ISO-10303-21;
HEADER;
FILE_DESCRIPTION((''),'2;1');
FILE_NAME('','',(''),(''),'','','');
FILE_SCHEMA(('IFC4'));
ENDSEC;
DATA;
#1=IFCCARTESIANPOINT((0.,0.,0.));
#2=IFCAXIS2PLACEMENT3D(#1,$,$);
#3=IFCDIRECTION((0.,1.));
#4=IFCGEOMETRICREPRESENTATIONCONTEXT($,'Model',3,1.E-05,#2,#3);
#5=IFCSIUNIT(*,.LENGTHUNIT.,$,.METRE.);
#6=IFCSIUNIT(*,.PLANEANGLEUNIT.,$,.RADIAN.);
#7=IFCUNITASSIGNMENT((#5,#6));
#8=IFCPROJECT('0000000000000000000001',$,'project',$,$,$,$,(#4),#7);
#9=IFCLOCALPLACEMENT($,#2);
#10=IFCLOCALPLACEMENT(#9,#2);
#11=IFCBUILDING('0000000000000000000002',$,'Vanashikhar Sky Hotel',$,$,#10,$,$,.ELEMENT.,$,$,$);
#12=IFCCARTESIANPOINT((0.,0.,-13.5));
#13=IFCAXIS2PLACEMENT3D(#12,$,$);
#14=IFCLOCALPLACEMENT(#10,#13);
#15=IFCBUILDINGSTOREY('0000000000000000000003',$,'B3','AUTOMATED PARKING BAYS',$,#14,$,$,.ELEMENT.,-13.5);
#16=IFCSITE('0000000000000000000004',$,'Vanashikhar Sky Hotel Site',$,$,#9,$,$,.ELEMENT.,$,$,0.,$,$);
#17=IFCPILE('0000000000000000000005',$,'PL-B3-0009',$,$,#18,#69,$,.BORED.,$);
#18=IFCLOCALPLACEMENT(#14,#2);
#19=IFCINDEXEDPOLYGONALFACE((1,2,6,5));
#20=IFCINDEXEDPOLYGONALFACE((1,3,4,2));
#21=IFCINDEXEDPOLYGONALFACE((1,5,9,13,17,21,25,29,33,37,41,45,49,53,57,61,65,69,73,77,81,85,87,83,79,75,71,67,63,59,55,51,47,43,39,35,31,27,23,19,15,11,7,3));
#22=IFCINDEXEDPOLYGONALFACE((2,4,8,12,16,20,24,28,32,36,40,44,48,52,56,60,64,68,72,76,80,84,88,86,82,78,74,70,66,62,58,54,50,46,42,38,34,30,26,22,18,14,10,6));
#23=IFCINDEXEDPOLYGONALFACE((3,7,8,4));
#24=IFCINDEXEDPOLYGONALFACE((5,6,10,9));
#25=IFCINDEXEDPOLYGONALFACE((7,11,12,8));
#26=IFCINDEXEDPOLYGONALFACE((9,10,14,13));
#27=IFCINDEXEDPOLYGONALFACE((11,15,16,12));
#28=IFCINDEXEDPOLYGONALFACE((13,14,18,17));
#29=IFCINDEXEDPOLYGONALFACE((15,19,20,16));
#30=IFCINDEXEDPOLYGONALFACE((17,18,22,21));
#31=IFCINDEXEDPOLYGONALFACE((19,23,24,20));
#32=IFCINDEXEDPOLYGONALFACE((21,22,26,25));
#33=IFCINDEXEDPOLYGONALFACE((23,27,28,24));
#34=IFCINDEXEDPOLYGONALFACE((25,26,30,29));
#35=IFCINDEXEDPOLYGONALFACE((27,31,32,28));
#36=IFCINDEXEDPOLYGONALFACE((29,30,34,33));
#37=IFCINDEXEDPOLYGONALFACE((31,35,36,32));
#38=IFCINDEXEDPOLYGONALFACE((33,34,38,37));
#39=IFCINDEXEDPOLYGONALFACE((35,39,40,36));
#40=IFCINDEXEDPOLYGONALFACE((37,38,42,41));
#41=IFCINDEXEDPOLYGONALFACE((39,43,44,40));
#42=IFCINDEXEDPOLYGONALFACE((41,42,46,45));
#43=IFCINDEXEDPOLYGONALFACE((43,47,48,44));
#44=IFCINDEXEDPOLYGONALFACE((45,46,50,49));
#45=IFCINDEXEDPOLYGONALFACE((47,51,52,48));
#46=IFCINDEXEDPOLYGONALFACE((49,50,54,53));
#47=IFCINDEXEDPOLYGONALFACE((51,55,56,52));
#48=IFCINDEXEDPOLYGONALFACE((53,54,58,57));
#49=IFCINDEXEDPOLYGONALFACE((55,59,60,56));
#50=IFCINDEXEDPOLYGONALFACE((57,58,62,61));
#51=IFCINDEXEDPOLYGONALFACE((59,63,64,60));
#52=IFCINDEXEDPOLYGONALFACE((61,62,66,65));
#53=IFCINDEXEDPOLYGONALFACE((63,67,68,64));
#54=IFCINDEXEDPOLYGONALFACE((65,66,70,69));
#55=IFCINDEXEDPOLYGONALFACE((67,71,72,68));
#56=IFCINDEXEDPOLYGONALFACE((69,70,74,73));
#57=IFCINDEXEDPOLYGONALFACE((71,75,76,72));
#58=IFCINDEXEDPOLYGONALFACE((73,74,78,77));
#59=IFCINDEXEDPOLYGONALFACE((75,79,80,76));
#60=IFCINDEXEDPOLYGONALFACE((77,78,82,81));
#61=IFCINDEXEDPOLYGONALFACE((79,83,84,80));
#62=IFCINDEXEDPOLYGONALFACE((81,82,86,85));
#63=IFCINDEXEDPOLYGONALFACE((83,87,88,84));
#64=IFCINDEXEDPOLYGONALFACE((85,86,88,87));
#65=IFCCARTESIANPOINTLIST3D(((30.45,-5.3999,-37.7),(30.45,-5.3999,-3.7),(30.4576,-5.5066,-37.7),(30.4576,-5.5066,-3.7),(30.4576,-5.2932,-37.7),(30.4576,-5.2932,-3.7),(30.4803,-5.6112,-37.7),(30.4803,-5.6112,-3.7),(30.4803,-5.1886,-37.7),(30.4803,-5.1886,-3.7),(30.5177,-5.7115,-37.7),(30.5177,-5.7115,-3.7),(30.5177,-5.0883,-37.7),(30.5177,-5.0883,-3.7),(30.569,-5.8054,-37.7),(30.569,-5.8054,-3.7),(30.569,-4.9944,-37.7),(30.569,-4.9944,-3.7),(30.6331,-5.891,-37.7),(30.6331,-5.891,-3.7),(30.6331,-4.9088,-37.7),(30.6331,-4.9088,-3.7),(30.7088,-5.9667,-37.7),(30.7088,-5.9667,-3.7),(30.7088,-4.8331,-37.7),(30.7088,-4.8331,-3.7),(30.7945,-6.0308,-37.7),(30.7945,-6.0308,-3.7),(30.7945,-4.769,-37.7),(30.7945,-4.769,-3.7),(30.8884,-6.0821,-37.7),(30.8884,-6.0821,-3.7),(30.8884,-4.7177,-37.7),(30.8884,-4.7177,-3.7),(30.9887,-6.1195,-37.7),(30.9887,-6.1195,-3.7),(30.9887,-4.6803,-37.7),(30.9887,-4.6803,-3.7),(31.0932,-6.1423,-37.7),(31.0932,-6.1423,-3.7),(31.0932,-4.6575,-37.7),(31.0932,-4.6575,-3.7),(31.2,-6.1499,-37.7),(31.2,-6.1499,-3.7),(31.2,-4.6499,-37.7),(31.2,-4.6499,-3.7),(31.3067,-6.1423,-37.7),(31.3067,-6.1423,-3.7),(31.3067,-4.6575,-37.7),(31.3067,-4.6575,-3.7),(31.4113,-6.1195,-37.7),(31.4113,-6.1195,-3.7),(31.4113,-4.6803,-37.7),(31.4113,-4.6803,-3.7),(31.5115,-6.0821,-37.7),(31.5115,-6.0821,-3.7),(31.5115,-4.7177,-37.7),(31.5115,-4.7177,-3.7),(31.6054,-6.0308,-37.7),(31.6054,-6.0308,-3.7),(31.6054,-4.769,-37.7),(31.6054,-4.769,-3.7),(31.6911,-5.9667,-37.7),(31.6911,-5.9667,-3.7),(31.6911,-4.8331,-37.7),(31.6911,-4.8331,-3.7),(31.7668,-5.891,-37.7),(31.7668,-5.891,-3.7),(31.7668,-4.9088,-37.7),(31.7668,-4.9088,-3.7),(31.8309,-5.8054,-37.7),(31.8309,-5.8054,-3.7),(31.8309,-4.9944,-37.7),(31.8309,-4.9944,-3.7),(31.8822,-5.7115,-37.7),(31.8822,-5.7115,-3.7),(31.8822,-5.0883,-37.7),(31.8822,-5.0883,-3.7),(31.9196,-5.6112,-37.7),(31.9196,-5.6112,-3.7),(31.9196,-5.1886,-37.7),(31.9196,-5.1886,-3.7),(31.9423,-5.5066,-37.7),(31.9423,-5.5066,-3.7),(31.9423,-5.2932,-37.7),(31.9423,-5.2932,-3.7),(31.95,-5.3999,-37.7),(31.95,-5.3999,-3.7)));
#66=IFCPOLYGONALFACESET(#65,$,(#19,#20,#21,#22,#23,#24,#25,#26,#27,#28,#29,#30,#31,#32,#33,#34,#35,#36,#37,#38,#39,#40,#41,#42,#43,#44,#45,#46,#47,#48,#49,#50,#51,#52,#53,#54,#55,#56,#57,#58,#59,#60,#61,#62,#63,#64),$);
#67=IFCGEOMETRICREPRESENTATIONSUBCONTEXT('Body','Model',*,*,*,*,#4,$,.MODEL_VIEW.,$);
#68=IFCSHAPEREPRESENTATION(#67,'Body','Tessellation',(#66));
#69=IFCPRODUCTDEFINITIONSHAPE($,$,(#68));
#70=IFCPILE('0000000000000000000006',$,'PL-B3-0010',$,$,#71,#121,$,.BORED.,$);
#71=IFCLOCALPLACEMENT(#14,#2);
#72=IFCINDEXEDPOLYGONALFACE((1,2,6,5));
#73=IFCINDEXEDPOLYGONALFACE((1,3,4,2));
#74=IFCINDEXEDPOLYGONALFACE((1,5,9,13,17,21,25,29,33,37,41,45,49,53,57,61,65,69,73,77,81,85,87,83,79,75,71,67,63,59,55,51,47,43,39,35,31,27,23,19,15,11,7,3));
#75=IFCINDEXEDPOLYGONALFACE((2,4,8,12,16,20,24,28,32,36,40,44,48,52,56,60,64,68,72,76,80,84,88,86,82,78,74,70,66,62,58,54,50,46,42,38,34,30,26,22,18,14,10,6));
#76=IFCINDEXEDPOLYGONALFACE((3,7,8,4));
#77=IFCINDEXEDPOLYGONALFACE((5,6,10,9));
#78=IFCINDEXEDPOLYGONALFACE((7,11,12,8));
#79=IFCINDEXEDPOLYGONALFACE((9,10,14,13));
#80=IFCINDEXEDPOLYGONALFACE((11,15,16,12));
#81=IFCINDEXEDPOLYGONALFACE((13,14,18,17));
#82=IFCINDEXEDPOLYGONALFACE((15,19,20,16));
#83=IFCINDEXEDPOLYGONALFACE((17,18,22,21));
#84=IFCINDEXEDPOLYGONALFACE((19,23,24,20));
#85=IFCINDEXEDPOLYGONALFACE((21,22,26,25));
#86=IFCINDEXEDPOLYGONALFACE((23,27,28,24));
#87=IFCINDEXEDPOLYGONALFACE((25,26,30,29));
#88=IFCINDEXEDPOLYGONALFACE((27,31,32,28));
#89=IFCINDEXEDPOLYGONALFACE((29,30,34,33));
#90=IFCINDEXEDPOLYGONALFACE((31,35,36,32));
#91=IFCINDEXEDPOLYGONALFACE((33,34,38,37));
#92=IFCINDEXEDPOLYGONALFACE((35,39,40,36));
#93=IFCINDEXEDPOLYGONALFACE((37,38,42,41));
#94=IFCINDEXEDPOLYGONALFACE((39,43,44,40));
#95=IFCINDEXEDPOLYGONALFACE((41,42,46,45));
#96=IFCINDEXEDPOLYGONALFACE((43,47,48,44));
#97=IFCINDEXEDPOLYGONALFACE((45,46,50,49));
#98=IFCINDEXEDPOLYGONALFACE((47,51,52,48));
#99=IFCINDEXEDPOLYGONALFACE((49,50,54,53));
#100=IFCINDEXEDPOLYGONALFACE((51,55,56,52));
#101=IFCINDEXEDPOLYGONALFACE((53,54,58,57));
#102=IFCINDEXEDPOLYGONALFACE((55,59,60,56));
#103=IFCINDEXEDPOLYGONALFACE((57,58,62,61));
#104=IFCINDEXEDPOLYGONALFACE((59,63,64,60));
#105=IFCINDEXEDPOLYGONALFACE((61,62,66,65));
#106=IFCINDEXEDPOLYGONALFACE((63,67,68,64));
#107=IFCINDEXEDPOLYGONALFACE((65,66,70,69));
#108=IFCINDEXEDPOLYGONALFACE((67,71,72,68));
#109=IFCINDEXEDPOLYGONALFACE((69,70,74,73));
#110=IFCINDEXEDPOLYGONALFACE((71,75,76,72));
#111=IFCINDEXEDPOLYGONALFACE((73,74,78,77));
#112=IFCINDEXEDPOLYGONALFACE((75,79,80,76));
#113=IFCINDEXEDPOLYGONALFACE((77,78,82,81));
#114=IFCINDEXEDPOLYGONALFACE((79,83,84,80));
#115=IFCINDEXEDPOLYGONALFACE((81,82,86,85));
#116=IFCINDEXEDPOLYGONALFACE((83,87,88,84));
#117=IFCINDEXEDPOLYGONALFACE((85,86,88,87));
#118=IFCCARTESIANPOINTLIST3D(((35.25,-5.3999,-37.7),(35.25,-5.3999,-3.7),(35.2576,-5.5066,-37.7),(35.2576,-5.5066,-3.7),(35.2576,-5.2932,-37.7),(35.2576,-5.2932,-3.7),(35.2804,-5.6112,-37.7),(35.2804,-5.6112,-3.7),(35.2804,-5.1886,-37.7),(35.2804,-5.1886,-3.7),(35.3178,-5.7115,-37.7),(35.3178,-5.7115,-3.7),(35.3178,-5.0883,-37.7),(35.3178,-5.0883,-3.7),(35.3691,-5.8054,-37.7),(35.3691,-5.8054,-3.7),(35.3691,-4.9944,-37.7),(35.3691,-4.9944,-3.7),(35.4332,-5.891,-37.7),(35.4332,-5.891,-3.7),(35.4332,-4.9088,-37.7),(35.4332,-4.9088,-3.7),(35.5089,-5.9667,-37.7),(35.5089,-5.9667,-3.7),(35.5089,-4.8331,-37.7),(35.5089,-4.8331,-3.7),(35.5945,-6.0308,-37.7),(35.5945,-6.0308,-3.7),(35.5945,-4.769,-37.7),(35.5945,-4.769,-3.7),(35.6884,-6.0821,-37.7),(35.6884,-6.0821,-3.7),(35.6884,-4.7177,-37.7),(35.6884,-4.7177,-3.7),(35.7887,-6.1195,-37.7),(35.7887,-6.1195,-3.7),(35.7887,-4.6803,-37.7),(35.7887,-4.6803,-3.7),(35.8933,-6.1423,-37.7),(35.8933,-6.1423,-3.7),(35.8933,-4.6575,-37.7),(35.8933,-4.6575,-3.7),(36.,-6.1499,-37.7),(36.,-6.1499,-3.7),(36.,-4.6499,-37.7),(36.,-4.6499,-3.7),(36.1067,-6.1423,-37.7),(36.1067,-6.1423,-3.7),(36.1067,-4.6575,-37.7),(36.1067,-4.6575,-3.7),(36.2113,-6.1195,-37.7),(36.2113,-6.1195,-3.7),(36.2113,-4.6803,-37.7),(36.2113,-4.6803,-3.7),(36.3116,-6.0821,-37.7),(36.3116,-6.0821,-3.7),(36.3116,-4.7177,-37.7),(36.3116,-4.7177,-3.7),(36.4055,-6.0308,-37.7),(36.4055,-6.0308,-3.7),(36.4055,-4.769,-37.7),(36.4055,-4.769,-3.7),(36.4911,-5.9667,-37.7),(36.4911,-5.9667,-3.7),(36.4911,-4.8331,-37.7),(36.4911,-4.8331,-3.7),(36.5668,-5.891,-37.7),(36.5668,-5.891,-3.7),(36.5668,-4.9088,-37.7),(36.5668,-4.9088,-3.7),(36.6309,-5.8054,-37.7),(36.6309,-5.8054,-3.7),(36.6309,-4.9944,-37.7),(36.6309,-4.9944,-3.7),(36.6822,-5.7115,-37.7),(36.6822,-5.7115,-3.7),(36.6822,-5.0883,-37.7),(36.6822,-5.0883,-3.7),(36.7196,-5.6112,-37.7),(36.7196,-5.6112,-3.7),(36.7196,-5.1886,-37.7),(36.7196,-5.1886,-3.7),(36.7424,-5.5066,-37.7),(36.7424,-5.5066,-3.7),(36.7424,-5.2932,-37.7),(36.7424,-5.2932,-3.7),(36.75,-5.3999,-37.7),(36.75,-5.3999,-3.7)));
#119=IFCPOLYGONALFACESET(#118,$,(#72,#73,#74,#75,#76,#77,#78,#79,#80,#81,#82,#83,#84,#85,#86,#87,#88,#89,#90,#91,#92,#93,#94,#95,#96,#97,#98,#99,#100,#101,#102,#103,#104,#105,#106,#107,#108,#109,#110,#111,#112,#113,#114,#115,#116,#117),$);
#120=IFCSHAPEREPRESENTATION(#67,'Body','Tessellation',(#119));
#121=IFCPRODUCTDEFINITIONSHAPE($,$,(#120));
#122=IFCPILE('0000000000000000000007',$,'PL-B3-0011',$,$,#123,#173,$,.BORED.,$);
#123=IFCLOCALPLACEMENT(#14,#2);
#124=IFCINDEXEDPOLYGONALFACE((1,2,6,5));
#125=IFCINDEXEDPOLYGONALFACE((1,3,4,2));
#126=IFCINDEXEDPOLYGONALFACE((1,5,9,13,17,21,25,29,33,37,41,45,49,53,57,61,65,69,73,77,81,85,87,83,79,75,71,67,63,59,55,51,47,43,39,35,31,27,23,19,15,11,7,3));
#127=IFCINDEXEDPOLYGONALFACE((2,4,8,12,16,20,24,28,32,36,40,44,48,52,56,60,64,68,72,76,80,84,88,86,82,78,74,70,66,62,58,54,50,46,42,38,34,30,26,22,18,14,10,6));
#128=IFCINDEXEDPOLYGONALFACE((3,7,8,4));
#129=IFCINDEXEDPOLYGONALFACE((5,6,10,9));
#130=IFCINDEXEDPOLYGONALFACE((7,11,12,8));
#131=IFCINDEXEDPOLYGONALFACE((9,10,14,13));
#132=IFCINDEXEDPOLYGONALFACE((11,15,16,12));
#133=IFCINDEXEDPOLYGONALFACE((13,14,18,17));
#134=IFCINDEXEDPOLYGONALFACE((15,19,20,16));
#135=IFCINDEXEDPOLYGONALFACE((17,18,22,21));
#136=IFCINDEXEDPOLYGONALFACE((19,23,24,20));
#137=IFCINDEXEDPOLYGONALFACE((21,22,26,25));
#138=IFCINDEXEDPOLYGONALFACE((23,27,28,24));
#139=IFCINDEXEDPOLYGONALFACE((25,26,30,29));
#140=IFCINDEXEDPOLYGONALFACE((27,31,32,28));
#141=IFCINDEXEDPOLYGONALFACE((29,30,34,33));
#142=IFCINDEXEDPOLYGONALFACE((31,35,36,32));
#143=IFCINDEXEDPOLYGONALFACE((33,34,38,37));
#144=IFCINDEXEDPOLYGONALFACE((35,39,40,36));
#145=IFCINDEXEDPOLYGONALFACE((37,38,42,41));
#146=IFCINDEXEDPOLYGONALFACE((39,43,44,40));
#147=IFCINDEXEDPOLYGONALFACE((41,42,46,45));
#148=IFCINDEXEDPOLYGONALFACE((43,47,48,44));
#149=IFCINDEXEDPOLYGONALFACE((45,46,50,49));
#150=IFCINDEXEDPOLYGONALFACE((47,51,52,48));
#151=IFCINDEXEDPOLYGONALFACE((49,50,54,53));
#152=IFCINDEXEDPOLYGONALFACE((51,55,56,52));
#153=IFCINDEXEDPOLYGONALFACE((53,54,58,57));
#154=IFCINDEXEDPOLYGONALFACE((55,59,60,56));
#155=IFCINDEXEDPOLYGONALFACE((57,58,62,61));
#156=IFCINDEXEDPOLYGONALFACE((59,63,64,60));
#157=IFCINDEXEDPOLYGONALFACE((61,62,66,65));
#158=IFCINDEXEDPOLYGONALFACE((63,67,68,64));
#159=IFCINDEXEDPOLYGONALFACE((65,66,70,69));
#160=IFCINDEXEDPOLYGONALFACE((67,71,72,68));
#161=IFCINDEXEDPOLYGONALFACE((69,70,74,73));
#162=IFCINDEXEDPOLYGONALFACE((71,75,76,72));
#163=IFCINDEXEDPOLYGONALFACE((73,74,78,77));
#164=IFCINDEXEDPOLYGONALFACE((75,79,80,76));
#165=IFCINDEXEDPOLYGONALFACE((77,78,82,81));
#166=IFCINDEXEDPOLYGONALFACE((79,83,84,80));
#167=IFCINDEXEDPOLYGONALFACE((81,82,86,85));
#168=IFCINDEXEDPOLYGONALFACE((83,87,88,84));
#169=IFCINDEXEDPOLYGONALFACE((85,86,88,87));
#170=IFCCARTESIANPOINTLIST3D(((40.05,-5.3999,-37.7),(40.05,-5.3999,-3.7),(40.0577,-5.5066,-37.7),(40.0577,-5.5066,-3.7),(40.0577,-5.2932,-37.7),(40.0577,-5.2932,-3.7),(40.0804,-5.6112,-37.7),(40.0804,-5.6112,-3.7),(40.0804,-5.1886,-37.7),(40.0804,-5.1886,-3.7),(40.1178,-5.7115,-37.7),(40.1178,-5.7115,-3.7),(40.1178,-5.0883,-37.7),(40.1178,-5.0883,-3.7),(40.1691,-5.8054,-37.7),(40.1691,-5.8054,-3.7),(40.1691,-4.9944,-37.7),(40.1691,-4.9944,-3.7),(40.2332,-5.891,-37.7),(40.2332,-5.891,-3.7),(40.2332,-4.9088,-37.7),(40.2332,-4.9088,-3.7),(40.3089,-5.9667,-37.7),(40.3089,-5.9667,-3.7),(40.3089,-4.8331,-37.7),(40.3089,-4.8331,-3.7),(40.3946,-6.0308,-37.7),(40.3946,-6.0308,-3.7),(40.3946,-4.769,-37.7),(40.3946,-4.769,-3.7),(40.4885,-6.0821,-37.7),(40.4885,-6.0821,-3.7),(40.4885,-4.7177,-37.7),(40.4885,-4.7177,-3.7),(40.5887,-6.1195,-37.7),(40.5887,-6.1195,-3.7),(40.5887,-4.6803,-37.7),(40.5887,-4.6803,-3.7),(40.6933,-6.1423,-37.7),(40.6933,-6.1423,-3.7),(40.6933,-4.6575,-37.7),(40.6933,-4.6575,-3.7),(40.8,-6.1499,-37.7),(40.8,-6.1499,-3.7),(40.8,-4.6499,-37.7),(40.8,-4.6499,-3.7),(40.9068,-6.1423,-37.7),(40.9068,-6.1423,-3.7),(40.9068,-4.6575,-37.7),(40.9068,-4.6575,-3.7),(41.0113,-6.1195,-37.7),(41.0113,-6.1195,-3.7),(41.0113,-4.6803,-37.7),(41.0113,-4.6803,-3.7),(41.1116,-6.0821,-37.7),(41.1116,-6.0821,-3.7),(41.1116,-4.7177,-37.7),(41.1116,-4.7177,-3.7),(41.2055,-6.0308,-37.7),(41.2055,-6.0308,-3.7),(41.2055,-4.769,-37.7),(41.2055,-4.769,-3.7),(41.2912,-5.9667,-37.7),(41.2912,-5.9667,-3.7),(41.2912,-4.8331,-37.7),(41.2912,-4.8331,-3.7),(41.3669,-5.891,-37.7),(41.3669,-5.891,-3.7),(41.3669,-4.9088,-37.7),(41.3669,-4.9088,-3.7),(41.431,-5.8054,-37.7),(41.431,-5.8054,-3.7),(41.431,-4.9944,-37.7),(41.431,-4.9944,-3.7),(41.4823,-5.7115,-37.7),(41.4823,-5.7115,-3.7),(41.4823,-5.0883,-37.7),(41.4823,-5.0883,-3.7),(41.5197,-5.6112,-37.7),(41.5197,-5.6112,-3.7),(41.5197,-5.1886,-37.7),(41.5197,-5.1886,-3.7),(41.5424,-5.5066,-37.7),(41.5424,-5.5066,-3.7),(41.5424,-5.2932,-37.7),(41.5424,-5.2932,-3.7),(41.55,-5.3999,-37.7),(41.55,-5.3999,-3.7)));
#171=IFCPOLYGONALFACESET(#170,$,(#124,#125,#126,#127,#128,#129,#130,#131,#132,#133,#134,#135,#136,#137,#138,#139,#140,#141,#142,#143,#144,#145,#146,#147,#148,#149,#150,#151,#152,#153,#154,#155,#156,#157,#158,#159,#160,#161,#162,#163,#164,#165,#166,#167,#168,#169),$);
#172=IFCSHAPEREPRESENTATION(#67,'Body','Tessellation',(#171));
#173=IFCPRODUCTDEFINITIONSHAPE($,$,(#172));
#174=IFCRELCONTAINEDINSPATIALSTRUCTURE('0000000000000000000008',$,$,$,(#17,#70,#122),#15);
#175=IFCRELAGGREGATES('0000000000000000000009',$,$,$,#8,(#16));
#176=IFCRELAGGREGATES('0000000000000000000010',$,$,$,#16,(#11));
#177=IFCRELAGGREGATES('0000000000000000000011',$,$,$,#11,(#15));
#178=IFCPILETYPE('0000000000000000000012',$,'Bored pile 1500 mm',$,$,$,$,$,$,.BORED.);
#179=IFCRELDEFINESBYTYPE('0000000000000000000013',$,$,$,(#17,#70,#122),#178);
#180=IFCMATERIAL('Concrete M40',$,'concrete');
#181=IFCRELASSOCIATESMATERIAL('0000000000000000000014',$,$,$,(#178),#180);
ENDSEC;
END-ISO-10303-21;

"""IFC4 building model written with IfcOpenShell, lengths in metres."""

from ifc_helpers import new_model, si_unit, direction, frame, origin, origin_2d, place, context, subcontext, project, spatial, circle, extrude, source, transform, mapped, material, type_object, element, save


model = new_model("IFC4")

# Units and contexts
model_context = context("Model", 3, precision=1e-05, world=origin(), true_north=direction((0.0, 1.0)))
body_context = subcontext(model_context, "Body", "Model", "MODEL_VIEW")
ifc_project = project(units=[si_unit("LENGTHUNIT", "METRE"), si_unit("PLANEANGLEUNIT", "RADIAN")], contexts=[model_context])

# Site, building, storey
site_placement = place(None, origin())
site = spatial("IfcSite", under=ifc_project, at=site_placement, Name="Vanashikhar Sky Hotel Site", CompositionType="ELEMENT", RefElevation=0.0)
building_placement = place(site_placement, origin())
building = spatial("IfcBuilding", under=site, at=building_placement, Name="Vanashikhar Sky Hotel", CompositionType="ELEMENT")
storey_placement = place(building_placement, frame((0.0, 0.0, -13.5)))
storey = spatial("IfcBuildingStorey", under=building, at=storey_placement, Name="B3", Description="AUTOMATED PARKING BAYS", CompositionType="ELEMENT", Elevation=-13.5)

# Piles
ifc_material_1 = material(Name="Concrete M40", Category="concrete")
pile_type = type_object("IfcPileType", Name="Bored pile 1500 mm", PredefinedType="BORED", material=ifc_material_1)
shared_shape_1 = source(origin(), body_context, "Body", "SweptSolid", [
    extrude(circle(Radius=0.75, at=origin_2d()), origin(), (0.0, 0.0, 1.0), 34.0),
])
for number, where, z_axis, x_axis, name in (
    (1, (31.2, -5.3999, -3.7), (0.0, 0.0, -1.0), (1.0, 0.0, 0.0), "PL-B3-0009"),
    (2, (36.0, -5.3999, -3.7), (0.0, 0.0, -1.0), (1.0, 0.0, 0.0), "PL-B3-0010"),
    (3, (40.8, -5.3999, -3.7), (0.0, 0.0, -1.0), (1.0, 0.0, 0.0), "PL-B3-0011"),
):
    element("IfcPile", number, at=place(storey_placement, frame(where, z_axis=z_axis, x_axis=x_axis)), inside=storey, type_object=pile_type, Name=name, PredefinedType="BORED", context=body_context, shape_type="MappedRepresentation", body=[
        mapped(shared_shape_1, transform((0.0, 0.0, 0.0), scale=1.0)),
    ])

save(model, "model.ifc")
